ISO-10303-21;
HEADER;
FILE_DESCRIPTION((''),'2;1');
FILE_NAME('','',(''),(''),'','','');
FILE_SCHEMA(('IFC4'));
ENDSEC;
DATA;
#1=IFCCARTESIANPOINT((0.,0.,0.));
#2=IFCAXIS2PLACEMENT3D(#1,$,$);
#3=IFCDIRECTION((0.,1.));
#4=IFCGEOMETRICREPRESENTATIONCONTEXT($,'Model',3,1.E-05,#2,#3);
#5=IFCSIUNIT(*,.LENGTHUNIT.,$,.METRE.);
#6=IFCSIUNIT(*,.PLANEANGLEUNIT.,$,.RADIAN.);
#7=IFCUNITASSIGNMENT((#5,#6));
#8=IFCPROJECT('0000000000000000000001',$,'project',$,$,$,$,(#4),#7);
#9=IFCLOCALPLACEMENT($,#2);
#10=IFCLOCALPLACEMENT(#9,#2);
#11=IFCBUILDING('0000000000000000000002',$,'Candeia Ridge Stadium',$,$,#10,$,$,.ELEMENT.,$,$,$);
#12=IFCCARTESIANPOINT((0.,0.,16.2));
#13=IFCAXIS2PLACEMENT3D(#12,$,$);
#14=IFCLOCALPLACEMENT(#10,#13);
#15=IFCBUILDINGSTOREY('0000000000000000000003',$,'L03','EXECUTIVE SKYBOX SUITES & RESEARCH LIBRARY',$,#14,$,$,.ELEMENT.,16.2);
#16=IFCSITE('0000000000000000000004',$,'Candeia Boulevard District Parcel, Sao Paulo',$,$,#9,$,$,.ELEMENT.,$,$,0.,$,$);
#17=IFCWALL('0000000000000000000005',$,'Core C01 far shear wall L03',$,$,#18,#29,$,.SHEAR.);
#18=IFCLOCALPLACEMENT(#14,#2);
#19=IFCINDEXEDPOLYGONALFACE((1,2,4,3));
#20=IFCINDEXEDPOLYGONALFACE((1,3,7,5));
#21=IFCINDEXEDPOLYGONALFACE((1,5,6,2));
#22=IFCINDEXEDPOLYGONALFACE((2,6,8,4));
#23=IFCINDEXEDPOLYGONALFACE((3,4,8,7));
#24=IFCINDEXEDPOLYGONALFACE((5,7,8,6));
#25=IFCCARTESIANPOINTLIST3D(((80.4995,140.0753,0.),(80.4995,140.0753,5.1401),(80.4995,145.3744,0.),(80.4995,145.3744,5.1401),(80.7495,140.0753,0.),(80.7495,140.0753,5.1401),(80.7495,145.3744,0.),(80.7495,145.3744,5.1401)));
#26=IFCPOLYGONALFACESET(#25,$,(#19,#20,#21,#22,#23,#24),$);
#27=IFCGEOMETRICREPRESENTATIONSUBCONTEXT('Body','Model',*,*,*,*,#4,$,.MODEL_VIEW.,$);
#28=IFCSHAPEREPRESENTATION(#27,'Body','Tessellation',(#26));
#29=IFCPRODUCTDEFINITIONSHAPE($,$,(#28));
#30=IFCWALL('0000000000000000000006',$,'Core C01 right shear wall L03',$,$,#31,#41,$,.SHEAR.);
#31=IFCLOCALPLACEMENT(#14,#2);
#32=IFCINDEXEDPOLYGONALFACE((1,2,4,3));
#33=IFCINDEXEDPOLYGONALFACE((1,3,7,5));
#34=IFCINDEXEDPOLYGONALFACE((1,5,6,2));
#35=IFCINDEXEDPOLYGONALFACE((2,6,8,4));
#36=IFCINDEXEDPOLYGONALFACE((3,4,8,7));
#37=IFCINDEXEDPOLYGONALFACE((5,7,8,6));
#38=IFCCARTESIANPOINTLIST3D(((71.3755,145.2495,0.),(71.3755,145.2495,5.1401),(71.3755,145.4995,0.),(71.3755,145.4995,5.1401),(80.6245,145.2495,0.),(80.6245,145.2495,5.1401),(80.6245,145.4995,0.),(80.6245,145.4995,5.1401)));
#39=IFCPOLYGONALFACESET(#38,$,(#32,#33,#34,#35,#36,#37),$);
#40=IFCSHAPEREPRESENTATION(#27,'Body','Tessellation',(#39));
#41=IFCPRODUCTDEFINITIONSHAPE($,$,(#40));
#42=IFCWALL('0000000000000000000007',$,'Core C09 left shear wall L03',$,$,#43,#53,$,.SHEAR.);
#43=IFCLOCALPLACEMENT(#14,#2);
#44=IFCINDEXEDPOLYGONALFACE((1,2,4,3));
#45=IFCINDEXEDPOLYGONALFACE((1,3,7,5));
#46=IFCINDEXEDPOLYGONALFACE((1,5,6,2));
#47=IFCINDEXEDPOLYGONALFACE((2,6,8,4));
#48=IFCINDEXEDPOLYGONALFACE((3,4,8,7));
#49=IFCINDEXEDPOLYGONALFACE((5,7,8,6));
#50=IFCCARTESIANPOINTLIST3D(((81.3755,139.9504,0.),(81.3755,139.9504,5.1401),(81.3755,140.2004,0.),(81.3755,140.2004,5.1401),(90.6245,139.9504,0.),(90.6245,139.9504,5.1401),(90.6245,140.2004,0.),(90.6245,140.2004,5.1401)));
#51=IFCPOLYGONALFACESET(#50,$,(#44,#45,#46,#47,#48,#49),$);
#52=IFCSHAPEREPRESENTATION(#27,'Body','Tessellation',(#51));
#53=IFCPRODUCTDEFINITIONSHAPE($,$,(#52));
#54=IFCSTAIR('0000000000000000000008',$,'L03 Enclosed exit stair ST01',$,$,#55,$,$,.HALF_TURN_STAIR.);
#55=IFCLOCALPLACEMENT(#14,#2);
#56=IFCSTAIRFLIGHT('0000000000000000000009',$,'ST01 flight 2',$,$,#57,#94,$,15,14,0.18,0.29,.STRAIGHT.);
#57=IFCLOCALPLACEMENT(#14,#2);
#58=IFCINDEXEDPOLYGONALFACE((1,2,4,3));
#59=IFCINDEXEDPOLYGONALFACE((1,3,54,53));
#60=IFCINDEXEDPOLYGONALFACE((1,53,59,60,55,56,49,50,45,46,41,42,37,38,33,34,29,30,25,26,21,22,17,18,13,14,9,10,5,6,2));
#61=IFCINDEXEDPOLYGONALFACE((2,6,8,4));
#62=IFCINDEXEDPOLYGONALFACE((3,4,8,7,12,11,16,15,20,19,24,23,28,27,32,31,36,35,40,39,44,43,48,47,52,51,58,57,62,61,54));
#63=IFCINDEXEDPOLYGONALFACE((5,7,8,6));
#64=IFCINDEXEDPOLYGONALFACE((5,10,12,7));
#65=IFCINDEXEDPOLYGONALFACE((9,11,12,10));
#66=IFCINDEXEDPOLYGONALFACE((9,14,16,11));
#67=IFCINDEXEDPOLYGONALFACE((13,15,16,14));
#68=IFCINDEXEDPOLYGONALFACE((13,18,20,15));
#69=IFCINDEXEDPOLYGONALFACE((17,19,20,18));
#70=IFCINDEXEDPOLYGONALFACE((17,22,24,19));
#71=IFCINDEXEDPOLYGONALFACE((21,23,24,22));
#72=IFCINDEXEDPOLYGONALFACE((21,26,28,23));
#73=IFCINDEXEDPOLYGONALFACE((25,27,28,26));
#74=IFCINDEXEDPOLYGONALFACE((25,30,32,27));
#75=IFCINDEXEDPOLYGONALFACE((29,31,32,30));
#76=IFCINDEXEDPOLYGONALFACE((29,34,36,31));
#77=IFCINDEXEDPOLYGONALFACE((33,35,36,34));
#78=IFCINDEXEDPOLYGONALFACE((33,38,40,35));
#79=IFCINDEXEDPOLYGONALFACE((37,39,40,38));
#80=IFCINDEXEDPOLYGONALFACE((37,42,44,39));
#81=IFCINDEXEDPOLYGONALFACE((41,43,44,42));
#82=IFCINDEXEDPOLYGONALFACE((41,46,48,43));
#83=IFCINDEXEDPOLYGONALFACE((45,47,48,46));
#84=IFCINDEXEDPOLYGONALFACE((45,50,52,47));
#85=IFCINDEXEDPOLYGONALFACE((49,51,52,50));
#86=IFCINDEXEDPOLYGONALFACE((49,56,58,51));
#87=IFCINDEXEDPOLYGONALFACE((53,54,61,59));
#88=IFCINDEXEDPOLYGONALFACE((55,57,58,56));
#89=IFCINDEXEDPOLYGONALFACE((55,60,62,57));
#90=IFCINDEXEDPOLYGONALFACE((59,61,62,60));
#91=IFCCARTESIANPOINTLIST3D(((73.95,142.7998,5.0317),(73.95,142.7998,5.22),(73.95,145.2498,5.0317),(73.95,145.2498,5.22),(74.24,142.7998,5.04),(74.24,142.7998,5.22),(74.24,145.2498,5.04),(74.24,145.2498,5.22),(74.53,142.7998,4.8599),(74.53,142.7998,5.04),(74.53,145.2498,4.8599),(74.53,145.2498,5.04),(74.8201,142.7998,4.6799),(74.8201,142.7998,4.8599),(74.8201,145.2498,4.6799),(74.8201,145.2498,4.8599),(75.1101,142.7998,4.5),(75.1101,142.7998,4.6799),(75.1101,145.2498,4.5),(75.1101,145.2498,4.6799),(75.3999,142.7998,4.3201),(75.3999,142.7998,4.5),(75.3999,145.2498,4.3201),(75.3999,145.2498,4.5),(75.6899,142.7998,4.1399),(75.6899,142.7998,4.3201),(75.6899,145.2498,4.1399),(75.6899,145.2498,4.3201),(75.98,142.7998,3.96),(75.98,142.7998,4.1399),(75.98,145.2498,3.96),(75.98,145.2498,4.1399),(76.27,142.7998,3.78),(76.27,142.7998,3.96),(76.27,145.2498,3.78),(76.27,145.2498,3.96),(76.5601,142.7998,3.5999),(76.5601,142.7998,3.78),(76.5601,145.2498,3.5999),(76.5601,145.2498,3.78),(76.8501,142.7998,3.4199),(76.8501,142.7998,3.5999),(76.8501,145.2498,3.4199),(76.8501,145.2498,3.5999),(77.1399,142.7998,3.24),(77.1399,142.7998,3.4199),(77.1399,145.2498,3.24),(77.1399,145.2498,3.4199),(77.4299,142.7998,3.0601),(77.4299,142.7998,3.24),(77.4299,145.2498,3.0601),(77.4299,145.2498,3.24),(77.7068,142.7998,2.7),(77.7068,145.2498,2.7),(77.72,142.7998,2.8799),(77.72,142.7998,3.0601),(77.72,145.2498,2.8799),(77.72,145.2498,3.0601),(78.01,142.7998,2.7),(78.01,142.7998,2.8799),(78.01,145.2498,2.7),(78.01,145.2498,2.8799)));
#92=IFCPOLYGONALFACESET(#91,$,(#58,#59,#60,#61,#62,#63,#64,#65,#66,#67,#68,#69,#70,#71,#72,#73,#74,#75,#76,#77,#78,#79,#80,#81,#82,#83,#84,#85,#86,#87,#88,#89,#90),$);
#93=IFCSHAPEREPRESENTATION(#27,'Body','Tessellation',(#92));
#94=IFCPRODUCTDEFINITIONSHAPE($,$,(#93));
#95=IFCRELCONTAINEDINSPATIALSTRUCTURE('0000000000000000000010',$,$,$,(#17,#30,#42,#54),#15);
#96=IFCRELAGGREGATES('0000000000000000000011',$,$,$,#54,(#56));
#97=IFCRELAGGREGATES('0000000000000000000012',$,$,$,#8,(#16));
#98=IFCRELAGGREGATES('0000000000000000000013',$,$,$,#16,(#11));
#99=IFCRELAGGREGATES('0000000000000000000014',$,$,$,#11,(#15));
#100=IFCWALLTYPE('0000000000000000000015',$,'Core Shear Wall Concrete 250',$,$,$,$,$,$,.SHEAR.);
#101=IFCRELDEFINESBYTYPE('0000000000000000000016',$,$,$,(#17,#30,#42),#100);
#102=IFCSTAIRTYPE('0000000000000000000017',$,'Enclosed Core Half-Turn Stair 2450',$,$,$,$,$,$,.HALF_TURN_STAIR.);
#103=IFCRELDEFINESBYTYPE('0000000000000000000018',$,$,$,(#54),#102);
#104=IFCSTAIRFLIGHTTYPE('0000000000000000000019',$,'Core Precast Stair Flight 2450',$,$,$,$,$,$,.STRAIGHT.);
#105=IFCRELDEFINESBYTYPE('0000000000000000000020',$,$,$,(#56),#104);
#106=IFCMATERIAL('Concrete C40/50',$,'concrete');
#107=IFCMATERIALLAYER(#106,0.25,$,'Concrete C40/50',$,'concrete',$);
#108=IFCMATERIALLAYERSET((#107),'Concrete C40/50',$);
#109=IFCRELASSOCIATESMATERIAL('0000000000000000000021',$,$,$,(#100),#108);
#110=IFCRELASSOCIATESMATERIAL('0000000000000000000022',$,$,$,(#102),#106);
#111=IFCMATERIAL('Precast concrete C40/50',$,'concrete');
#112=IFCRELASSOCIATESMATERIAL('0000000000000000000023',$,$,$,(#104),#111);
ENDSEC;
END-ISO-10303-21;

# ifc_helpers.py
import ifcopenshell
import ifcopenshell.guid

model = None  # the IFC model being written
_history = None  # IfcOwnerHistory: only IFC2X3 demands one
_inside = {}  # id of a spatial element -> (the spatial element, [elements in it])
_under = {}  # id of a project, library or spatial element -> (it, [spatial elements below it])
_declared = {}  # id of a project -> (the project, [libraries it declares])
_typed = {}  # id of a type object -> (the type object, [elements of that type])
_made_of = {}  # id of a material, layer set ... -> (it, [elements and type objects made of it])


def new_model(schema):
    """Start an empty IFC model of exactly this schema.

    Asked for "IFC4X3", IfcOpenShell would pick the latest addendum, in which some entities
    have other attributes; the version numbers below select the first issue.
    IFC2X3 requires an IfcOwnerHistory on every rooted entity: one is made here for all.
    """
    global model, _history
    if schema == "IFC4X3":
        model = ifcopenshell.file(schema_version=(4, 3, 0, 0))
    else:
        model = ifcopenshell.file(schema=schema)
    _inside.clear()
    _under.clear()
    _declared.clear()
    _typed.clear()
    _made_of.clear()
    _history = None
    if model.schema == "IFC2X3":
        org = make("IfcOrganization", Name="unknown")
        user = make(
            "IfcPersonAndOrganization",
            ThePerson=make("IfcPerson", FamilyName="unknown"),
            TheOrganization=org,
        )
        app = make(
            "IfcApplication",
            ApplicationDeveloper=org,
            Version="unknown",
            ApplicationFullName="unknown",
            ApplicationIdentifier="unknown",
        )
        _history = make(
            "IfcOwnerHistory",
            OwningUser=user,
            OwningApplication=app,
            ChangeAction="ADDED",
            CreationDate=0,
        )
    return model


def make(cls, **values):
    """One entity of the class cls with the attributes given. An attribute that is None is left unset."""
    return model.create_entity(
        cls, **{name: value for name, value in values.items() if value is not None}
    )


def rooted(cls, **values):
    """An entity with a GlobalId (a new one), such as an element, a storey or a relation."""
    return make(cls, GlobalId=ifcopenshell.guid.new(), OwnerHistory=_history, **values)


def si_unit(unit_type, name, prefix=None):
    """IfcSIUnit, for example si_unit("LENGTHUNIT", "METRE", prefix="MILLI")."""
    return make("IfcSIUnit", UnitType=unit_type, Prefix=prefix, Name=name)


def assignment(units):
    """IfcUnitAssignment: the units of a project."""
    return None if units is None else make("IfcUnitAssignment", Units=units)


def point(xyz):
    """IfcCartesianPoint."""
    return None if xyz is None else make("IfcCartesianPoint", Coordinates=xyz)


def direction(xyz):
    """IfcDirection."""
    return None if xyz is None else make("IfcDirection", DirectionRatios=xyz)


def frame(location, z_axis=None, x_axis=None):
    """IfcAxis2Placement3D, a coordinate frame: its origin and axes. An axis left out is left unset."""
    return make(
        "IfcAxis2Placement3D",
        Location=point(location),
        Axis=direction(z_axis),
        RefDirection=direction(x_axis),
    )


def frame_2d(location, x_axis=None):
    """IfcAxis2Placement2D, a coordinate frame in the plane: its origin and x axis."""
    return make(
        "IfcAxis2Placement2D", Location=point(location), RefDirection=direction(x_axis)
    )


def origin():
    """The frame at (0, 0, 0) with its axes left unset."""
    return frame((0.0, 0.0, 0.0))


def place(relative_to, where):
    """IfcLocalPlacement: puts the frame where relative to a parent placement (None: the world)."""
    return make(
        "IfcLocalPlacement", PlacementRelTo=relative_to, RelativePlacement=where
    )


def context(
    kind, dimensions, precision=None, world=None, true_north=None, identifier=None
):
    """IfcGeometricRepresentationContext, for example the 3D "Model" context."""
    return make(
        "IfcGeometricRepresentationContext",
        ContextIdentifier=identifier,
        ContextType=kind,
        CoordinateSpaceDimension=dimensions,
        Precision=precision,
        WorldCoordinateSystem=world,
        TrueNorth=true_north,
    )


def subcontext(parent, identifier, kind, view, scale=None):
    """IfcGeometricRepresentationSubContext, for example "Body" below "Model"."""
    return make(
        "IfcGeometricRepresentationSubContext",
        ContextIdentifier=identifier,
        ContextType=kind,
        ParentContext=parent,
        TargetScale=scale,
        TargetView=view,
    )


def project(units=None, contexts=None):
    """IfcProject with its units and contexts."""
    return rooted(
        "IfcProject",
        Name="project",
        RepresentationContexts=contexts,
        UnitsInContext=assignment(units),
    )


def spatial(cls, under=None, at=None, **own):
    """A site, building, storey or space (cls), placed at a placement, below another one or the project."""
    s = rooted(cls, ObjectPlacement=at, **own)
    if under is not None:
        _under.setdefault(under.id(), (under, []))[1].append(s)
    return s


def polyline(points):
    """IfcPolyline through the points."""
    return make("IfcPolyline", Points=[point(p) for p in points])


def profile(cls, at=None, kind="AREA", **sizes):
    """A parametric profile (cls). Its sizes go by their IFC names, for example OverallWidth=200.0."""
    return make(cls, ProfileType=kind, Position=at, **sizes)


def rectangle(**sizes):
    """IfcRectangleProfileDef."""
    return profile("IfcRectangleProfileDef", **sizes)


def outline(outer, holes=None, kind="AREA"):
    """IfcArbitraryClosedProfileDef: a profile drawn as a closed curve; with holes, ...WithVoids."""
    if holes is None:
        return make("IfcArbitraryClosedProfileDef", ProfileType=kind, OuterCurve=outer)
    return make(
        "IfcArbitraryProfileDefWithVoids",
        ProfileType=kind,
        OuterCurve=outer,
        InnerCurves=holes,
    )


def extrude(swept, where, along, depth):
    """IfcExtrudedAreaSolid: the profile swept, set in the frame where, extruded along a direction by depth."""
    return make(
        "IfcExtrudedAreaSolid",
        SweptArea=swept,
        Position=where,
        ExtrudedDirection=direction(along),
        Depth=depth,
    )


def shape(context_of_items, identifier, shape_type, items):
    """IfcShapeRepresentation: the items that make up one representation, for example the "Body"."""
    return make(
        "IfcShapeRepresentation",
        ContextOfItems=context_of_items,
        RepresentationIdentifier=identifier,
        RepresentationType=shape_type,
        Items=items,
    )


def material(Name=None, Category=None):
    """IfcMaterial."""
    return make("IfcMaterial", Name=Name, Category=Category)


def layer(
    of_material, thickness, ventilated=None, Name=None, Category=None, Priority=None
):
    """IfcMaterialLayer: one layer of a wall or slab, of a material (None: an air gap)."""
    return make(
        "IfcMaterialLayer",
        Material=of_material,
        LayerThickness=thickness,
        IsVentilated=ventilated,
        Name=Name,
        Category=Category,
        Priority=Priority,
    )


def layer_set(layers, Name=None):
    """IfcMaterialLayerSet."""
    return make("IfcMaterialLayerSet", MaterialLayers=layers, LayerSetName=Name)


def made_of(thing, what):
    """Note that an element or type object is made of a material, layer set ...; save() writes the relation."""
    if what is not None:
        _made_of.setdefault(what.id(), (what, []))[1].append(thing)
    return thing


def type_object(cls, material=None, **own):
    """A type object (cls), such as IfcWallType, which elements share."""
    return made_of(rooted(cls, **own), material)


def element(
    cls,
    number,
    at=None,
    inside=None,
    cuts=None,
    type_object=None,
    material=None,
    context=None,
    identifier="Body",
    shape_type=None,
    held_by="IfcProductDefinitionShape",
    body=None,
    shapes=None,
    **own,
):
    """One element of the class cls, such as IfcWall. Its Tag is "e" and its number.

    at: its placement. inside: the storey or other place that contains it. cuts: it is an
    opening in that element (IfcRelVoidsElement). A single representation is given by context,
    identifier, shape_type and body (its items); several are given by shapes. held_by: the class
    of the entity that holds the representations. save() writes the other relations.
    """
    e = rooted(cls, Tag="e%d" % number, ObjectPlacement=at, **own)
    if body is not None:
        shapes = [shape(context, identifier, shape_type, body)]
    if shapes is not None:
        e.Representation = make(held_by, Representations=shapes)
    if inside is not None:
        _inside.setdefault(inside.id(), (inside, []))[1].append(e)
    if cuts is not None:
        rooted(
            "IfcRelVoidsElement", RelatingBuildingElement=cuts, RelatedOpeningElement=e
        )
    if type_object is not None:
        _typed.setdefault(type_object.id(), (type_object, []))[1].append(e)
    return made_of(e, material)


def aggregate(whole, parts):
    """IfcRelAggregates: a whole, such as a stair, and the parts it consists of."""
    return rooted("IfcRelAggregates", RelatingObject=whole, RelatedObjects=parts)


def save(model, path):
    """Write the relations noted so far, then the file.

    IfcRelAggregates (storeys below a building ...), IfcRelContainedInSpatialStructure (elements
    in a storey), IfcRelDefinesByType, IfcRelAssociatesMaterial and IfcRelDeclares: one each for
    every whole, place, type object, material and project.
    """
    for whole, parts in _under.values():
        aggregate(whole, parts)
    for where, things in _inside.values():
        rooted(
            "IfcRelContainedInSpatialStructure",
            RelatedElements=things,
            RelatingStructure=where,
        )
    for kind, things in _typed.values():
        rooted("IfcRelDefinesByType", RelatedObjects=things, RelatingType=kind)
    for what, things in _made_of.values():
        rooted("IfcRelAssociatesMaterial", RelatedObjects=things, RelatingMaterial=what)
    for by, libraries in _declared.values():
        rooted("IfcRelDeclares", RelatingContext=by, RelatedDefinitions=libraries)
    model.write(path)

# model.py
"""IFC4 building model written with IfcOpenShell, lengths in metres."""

from ifc_helpers import new_model, si_unit, direction, frame, frame_2d, origin, place, context, subcontext, project, spatial, polyline, rectangle, outline, extrude, material, layer, layer_set, type_object, element, aggregate, save


model = new_model("IFC4")

# Units and contexts
model_context = context("Model", 3, precision=1e-05, world=origin(), true_north=direction((0.0, 1.0)))
body_context = subcontext(model_context, "Body", "Model", "MODEL_VIEW")
ifc_project = project(units=[si_unit("LENGTHUNIT", "METRE"), si_unit("PLANEANGLEUNIT", "RADIAN")], contexts=[model_context])

# Site, building, storey
site_placement = place(None, origin())
site = spatial("IfcSite", under=ifc_project, at=site_placement, Name="Candeia Boulevard District Parcel, Sao Paulo", CompositionType="ELEMENT", RefElevation=0.0)
building_placement = place(site_placement, origin())
building = spatial("IfcBuilding", under=site, at=building_placement, Name="Candeia Ridge Stadium", CompositionType="ELEMENT")
storey_placement = place(building_placement, frame((0.0, 0.0, 16.2)))
storey = spatial("IfcBuildingStorey", under=building, at=storey_placement, Name="L03", Description="EXECUTIVE SKYBOX SUITES & RESEARCH LIBRARY", CompositionType="ELEMENT", Elevation=16.2)

# Shared definitions
ifc_material_1 = material(Name="Concrete C40/50", Category="concrete")

# Walls
ifc_layer_1 = layer(ifc_material_1, 0.25, Name="Concrete C40/50", Category="concrete")
ifc_layer_set_1 = layer_set([ifc_layer_1], Name="Concrete C40/50")
wall_type = type_object("IfcWallType", Name="Core Shear Wall Concrete 250", PredefinedType="SHEAR", material=ifc_layer_set_1)
wall_placement = place(storey_placement, frame((80.6245, 140.0754, 0.0), z_axis=(0.0, 0.0, 1.0), x_axis=(0.0, 1.0, 0.0)))
element("IfcWall", 1, at=wall_placement, inside=storey, type_object=wall_type, Name="Core C01 far shear wall L03", PredefinedType="SHEAR", context=body_context, shape_type="SweptSolid", body=[
    extrude(rectangle(XDim=5.2991, YDim=0.25, at=frame_2d((2.6494, 0.0))), origin(), (0.0, 0.0, 1.0), 5.1401),
])
for number, where, z_axis, x_axis, name in (
    (2, (80.6245, 145.3745, 0.0), (0.0, 0.0, 1.0), (-1.0, 0.0, 0.0), "Core C01 right shear wall L03"),
    (3, (81.3755, 140.0754, 0.0), (0.0, 0.0, 1.0), (1.0, 0.0, 0.0), "Core C09 left shear wall L03"),
):
    element("IfcWall", number, at=place(storey_placement, frame(where, z_axis=z_axis, x_axis=x_axis)), inside=storey, type_object=wall_type, Name=name, PredefinedType="SHEAR", context=body_context, shape_type="SweptSolid", body=[
        extrude(rectangle(XDim=9.249, YDim=0.25, at=frame_2d((4.6245, 0.0))), origin(), (0.0, 0.0, 1.0), 5.1401),
    ])

# Stair, stair flight
stair_type = type_object("IfcStairType", Name="Enclosed Core Half-Turn Stair 2450", PredefinedType="HALF_TURN_STAIR", material=ifc_material_1)
stair_placement = place(storey_placement, origin())
stair = element("IfcStair", 4, at=stair_placement, inside=storey, type_object=stair_type, Name="L03 Enclosed exit stair ST01", PredefinedType="HALF_TURN_STAIR")
ifc_material_2 = material(Name="Precast concrete C40/50", Category="concrete")
stair_flight_type = type_object("IfcStairFlightType", Name="Core Precast Stair Flight 2450", PredefinedType="STRAIGHT", material=ifc_material_2)
stair_flight_placement = place(storey_placement, frame((78.01, 144.0249, 2.7), z_axis=(0.0, 0.0, 1.0), x_axis=(-1.0, 0.0, 0.0)))
stair_flight = element("IfcStairFlight", 5, at=stair_flight_placement, type_object=stair_flight_type, Name="ST01 flight 2", NumberOfRisers=15, NumberOfTreads=14, PredefinedType="STRAIGHT", RiserHeight=0.18, TreadLength=0.29, context=body_context, shape_type="SweptSolid", body=[
    extrude(outline(polyline([(0.0, 0.0), (0.0, 0.1799), (0.29, 0.1799), (0.29, 0.3601), (0.5801, 0.3601), (0.5801, 0.54), (0.8701, 0.54), (0.8701, 0.72), (1.1599, 0.72), (1.1599, 0.8999), (1.45, 0.8999), (1.45, 1.0801), (1.74, 1.0801), (1.74, 1.26), (2.03, 1.26), (2.03, 1.4399), (2.3201, 1.4399), (2.3201, 1.6201), (2.6101, 1.6201), (2.6101, 1.8), (2.8999, 1.8), (2.8999, 1.98), (3.1899, 1.98), (3.1899, 2.1599), (3.48, 2.1599), (3.48, 2.3401), (3.77, 2.3401), (3.77, 2.52), (4.0601, 2.52), (4.0601, 2.7), (4.0601, 2.3318), (0.3032, 0.0), (0.0, 0.0)])), frame((0.0, 1.2251, 0.0), z_axis=(0.0, -1.0, 0.0), x_axis=(1.0, 0.0, 0.0)), (0.0, 0.0, 1.0), 2.45),
])
aggregate(stair, [stair_flight])

save(model, "model.ifc")
